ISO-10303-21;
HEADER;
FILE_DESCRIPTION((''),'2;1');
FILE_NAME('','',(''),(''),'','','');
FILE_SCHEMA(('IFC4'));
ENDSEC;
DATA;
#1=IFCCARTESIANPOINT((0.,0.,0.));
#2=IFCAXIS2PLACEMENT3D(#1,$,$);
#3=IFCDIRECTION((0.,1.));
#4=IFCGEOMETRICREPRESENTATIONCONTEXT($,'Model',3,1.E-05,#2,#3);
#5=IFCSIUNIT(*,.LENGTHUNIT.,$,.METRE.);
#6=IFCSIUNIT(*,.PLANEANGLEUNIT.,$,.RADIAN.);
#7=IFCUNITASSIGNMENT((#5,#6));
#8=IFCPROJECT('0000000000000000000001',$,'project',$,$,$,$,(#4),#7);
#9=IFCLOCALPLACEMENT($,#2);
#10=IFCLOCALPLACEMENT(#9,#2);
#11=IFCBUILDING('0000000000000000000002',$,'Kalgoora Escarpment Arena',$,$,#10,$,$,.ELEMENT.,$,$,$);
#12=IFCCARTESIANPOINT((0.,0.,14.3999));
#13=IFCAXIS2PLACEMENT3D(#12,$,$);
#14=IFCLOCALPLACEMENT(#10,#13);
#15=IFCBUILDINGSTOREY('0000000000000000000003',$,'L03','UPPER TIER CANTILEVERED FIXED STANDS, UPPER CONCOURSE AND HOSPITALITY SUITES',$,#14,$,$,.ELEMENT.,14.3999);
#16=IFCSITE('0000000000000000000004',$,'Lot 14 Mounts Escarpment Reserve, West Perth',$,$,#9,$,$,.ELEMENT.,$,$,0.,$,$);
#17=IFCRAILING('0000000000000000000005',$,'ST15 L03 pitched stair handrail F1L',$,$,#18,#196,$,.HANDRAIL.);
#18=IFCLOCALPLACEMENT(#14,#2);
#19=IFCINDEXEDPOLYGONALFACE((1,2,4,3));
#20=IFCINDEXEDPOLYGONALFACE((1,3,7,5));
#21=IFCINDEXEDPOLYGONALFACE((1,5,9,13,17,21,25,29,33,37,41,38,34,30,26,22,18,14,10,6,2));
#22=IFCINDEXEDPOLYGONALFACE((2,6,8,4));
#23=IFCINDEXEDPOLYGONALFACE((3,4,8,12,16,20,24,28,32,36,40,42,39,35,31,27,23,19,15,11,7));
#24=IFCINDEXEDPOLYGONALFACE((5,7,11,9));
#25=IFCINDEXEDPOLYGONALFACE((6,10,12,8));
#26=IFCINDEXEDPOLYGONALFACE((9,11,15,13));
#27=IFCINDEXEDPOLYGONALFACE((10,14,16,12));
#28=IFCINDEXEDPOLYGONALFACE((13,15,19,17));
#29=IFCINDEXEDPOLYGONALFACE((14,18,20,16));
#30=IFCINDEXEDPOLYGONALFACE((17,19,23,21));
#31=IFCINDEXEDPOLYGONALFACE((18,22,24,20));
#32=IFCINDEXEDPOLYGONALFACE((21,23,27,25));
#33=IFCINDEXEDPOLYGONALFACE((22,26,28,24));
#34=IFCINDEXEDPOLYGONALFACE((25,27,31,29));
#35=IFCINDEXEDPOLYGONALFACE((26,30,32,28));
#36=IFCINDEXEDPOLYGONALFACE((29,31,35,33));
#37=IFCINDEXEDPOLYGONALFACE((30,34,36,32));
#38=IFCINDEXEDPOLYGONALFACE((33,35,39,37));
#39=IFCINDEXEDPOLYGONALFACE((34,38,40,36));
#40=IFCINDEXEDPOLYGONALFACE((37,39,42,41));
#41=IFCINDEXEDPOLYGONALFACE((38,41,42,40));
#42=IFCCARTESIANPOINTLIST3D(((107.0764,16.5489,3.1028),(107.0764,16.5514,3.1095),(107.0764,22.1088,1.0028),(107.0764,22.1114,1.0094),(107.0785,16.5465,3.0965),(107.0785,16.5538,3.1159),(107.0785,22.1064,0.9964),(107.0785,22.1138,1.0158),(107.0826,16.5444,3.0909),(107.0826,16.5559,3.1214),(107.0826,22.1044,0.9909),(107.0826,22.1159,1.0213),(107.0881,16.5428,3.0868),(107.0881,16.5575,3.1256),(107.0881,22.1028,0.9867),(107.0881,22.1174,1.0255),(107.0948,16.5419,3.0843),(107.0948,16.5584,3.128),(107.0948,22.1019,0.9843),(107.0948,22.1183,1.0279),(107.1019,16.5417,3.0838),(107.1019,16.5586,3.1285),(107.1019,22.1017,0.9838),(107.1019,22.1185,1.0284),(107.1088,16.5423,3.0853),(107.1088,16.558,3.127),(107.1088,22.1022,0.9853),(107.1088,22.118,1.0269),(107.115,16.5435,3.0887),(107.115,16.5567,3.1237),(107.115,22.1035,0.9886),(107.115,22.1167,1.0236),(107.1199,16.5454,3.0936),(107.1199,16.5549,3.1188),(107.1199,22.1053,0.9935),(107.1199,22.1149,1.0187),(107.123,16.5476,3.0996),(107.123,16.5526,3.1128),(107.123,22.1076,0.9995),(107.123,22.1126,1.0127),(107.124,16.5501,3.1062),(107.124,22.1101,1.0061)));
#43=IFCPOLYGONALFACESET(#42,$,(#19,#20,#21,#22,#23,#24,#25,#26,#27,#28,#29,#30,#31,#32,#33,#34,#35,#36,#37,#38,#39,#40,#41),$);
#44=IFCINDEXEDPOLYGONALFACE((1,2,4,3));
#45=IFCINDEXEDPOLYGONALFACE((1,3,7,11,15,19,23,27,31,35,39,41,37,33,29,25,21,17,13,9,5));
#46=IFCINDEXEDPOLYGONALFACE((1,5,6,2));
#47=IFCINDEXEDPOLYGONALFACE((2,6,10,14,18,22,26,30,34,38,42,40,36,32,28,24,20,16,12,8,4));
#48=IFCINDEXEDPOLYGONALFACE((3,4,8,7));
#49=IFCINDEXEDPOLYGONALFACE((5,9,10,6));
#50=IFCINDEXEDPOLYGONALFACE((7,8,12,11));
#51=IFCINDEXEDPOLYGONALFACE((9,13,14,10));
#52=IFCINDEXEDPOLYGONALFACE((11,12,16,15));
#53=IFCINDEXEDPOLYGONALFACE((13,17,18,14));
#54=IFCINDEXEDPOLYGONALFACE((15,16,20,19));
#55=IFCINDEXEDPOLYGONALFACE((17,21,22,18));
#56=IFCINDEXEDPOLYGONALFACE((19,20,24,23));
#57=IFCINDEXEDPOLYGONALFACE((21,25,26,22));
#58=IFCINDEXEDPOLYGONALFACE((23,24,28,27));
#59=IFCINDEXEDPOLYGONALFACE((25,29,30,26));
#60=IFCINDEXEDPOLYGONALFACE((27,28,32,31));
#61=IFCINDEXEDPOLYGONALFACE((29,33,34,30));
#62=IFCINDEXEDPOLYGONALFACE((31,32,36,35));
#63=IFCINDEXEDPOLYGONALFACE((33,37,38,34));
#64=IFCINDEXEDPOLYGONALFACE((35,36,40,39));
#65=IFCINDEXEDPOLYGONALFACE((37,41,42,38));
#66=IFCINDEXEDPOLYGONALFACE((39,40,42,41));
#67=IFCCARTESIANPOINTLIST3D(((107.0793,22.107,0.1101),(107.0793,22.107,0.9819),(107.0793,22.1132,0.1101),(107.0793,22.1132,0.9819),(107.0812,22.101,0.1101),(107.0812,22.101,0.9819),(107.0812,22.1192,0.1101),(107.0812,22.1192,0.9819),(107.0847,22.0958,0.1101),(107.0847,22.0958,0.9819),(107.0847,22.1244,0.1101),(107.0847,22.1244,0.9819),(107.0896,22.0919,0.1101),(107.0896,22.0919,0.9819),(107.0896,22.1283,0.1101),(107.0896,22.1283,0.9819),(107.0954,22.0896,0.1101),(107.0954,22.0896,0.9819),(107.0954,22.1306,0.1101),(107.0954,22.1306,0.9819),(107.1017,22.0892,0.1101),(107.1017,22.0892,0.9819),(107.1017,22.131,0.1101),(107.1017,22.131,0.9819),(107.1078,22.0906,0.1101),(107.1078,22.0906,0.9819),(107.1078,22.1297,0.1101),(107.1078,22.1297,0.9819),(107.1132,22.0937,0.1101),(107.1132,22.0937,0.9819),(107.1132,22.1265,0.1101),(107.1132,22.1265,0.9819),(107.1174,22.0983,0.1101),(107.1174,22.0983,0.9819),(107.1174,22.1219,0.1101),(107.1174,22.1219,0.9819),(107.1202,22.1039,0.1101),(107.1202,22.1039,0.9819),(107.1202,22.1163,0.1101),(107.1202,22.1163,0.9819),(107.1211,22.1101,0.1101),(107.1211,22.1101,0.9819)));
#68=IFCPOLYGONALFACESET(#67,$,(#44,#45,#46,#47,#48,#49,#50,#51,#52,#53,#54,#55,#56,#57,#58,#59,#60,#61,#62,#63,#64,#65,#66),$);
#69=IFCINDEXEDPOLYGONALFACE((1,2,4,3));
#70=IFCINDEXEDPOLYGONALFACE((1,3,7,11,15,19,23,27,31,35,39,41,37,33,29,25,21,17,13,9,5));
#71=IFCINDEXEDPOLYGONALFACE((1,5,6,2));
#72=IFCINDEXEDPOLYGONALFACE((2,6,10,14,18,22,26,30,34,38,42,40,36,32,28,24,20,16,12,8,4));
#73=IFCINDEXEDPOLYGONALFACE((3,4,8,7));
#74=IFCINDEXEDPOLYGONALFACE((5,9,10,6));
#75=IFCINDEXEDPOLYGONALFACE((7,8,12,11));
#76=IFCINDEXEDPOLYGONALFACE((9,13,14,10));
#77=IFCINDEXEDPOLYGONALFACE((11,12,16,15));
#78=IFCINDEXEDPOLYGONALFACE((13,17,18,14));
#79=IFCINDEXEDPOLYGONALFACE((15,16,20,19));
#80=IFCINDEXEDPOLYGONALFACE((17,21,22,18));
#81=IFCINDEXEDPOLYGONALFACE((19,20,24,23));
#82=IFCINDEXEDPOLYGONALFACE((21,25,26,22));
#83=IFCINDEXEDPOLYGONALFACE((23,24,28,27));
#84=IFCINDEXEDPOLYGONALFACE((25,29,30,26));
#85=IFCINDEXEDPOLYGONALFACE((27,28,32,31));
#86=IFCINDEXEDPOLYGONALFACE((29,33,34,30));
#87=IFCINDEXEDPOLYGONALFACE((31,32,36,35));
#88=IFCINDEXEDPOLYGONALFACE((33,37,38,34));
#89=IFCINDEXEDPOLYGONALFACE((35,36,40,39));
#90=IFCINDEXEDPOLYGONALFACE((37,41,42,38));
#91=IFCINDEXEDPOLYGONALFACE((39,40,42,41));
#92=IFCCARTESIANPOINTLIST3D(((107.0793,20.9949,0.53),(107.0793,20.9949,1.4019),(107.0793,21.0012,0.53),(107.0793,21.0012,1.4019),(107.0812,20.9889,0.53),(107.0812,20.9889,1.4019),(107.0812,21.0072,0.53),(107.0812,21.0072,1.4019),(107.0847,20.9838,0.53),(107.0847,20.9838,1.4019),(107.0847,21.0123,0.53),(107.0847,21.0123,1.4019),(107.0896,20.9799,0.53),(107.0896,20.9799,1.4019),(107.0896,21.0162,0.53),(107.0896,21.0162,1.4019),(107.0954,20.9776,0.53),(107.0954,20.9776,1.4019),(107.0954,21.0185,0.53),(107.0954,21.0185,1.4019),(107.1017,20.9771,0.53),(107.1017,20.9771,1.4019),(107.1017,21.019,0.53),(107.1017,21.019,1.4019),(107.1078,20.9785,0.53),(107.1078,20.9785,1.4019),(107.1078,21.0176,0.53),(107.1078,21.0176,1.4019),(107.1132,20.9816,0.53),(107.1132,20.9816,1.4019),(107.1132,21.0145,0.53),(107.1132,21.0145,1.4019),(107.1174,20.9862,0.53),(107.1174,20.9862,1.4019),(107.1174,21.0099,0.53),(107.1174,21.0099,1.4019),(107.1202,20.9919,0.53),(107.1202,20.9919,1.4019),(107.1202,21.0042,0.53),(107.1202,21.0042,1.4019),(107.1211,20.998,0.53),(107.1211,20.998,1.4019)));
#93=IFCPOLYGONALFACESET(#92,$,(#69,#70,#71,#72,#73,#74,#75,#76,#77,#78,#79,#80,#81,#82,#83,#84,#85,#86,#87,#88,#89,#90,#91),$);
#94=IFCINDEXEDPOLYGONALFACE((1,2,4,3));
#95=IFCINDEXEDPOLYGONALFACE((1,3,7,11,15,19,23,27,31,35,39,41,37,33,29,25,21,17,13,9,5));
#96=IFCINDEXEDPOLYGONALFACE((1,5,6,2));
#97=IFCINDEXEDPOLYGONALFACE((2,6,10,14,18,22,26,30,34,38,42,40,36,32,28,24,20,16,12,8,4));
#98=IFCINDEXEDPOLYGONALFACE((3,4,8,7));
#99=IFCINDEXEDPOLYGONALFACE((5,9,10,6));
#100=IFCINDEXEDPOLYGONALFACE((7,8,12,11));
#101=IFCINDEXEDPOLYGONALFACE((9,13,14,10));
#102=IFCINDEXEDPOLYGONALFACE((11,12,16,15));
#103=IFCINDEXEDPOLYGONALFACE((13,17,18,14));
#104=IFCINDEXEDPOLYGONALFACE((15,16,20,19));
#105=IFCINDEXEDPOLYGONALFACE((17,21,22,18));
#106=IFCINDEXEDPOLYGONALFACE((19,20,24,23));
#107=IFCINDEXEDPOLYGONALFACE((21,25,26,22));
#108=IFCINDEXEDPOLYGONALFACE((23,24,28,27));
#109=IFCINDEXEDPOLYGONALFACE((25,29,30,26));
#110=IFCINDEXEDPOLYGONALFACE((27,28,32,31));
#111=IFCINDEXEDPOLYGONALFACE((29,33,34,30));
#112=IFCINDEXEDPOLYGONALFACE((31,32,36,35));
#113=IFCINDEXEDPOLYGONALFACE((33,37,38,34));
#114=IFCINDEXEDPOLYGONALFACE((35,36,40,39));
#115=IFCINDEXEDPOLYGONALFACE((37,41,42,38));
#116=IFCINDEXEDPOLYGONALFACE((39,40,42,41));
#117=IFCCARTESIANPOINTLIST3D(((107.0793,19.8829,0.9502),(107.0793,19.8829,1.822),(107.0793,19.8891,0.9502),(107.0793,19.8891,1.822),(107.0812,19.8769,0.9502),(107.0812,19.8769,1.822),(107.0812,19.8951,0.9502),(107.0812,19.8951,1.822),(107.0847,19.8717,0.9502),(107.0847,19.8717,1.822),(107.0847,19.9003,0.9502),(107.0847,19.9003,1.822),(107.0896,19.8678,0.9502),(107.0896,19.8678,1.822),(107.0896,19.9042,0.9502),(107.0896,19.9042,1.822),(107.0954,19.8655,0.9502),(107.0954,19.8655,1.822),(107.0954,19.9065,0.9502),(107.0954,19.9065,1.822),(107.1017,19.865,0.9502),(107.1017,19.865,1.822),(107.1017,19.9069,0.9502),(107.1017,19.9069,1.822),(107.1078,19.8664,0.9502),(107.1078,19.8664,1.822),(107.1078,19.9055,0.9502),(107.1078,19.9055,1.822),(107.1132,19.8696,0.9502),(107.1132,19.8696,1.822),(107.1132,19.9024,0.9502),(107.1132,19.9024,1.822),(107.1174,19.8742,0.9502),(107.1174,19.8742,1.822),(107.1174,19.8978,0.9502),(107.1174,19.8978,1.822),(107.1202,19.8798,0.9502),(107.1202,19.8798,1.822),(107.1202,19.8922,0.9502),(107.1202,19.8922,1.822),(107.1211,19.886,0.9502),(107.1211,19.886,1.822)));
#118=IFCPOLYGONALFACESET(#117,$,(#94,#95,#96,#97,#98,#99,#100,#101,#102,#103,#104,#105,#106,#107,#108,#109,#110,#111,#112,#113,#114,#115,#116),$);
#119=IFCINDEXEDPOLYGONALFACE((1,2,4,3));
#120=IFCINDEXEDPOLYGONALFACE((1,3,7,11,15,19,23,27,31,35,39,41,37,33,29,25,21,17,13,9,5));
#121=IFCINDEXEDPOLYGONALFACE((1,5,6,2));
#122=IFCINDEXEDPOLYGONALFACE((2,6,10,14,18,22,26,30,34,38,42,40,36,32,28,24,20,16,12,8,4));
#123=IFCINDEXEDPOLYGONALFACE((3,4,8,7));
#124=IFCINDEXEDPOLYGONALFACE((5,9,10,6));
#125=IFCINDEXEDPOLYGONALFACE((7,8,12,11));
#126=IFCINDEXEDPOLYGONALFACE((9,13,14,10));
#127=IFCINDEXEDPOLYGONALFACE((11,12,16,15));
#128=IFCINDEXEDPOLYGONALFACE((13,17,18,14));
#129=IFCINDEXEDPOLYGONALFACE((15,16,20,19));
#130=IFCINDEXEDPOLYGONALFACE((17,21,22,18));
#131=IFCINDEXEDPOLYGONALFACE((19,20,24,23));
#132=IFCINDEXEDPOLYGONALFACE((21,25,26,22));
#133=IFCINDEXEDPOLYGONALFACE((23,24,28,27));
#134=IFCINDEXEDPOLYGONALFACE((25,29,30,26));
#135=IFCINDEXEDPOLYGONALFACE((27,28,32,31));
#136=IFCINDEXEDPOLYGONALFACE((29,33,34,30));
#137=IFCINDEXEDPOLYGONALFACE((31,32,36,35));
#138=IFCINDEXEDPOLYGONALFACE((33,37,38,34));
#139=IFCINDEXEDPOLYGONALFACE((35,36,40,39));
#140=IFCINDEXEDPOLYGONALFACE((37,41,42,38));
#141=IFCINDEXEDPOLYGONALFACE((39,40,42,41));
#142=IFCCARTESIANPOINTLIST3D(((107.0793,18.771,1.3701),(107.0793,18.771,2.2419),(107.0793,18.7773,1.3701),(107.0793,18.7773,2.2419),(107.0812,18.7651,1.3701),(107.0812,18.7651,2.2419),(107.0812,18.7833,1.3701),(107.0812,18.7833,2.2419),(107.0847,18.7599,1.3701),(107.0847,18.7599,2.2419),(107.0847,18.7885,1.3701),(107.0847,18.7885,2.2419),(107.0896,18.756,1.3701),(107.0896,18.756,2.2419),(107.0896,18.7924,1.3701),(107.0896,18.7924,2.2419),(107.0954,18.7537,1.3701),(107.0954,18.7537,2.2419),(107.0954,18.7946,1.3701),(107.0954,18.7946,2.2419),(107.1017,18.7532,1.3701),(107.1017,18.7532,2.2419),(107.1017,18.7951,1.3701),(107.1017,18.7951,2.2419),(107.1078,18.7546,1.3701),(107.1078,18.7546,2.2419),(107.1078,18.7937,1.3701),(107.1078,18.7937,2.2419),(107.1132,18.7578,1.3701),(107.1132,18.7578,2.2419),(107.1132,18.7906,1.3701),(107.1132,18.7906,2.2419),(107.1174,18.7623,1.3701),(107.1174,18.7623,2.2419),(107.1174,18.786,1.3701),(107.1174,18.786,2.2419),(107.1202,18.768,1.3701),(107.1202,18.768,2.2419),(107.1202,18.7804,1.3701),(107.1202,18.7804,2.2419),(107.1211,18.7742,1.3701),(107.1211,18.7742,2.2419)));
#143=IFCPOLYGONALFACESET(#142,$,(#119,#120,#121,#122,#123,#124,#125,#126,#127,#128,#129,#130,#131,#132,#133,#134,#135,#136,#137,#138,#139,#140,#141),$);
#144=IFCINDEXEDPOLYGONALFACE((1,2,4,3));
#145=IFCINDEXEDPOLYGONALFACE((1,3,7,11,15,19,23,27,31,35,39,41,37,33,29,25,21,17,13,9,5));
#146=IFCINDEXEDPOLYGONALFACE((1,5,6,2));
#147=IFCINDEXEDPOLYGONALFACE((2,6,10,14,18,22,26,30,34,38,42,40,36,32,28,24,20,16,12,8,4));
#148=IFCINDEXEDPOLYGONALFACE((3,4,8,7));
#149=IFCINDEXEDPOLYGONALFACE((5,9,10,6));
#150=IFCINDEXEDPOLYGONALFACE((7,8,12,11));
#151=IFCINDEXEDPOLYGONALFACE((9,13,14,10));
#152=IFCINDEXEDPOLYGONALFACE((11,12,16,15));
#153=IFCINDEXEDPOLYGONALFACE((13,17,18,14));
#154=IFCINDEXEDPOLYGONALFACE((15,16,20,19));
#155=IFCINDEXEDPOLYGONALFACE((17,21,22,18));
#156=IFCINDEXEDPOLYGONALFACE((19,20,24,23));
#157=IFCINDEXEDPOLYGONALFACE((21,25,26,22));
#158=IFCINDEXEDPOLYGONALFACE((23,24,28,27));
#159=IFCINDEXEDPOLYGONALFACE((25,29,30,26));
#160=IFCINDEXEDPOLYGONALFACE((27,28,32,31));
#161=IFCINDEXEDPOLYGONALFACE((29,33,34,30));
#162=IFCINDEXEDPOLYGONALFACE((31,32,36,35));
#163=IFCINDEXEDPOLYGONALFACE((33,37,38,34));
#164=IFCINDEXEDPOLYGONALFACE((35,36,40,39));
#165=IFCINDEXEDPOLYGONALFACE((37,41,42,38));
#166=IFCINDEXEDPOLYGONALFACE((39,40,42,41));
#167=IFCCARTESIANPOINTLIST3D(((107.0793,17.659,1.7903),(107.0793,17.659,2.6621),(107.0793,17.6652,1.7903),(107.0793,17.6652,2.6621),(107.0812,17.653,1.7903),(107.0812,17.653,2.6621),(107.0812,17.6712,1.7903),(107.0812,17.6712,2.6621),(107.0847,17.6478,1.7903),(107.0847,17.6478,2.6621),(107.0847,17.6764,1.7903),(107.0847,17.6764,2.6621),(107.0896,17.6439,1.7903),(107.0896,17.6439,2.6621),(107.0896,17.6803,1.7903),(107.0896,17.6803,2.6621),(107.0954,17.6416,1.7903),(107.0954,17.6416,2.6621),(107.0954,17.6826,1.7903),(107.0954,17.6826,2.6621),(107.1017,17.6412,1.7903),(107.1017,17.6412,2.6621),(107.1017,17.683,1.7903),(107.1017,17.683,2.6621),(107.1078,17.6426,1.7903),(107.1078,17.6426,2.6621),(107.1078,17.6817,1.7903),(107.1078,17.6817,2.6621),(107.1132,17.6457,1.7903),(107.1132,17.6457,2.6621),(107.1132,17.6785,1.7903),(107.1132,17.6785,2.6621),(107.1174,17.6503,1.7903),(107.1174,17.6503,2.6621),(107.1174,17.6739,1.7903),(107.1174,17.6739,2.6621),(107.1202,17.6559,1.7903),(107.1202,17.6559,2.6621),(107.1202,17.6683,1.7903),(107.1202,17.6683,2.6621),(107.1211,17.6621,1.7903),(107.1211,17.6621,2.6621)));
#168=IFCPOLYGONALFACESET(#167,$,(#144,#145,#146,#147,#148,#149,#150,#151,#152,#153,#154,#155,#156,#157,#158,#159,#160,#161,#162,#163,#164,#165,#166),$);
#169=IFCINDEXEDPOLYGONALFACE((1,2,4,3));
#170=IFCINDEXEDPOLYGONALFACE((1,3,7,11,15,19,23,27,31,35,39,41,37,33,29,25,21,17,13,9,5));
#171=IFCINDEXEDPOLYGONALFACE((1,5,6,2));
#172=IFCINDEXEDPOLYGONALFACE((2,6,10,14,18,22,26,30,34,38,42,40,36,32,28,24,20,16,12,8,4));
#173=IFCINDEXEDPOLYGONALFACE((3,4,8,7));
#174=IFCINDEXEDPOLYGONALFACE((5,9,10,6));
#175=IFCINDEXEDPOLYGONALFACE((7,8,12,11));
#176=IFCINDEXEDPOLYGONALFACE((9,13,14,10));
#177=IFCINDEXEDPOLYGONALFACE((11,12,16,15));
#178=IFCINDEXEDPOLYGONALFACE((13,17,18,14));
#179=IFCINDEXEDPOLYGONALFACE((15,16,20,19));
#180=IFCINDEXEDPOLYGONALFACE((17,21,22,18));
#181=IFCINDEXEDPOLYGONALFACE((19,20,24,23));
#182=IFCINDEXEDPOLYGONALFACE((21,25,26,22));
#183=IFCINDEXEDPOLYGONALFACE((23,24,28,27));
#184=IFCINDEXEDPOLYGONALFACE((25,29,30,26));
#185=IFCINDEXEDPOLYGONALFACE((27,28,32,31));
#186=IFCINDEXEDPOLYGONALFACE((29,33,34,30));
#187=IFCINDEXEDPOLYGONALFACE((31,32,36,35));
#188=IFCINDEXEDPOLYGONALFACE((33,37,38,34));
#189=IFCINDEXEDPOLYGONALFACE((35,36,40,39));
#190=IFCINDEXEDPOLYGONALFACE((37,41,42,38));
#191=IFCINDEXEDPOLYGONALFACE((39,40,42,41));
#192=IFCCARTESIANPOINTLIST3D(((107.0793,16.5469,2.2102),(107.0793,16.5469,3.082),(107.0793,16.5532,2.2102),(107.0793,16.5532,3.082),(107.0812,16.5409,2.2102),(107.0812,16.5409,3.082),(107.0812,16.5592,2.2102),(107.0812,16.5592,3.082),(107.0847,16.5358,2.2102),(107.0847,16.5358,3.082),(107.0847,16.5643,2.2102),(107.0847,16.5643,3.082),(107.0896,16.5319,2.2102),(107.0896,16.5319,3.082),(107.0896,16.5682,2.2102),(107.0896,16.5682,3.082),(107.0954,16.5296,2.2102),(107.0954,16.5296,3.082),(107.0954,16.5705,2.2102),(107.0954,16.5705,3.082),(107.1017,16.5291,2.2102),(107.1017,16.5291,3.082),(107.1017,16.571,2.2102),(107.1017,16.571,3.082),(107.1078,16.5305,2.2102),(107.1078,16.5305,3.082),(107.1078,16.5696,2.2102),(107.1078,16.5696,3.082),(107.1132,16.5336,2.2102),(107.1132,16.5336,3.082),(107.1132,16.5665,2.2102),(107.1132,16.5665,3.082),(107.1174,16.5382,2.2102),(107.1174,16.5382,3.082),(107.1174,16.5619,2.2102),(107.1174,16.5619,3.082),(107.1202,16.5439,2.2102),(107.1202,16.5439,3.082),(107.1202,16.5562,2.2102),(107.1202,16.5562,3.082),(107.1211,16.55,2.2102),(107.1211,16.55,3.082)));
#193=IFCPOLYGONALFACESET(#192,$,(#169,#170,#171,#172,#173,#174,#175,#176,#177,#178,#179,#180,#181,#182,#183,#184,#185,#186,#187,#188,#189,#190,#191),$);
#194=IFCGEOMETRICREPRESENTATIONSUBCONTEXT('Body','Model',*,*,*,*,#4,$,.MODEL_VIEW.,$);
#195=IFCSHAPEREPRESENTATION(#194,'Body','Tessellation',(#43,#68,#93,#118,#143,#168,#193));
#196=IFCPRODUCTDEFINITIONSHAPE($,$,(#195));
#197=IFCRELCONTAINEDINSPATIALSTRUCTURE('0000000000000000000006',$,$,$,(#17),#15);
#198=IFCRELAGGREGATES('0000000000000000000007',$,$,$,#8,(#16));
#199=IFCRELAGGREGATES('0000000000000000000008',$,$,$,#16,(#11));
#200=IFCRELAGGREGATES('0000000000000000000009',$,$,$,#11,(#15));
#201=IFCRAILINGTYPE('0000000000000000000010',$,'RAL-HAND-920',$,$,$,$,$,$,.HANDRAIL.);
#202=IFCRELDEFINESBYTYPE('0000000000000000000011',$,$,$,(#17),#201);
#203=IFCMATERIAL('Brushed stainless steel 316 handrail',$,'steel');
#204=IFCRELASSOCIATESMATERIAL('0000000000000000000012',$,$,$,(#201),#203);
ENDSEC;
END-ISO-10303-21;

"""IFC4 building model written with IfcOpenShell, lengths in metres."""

from ifc_helpers import new_model, si_unit, direction, frame, origin, origin_2d, place, context, subcontext, project, spatial, circle, extrude, material, type_object, element, save


model = new_model("IFC4")

# Units and contexts
model_context = context("Model", 3, precision=1e-05, world=origin(), true_north=direction((0.0, 1.0)))
body_context = subcontext(model_context, "Body", "Model", "MODEL_VIEW")
ifc_project = project(units=[si_unit("LENGTHUNIT", "METRE"), si_unit("PLANEANGLEUNIT", "RADIAN")], contexts=[model_context])

# Site, building, storey
site_placement = place(None, origin())
site = spatial("IfcSite", under=ifc_project, at=site_placement, Name="Lot 14 Mounts Escarpment Reserve, West Perth", CompositionType="ELEMENT", RefElevation=0.0)
building_placement = place(site_placement, origin())
building = spatial("IfcBuilding", under=site, at=building_placement, Name="Kalgoora Escarpment Arena", CompositionType="ELEMENT")
storey_placement = place(building_placement, frame((0.0, 0.0, 14.3999)))
storey = spatial("IfcBuildingStorey", under=building, at=storey_placement, Name="L03", Description="UPPER TIER CANTILEVERED FIXED STANDS, UPPER CONCOURSE AND HOSPITALITY SUITES", CompositionType="ELEMENT", Elevation=14.3999)

# Railing
ifc_material_1 = material(Name="Brushed stainless steel 316 handrail", Category="steel")
railing_type_1 = type_object("IfcRailingType", Name="RAL-HAND-920", PredefinedType="HANDRAIL", material=ifc_material_1)
for number, where, name in (
    (1, (107.1001, 22.1101, 0.1101), "ST15 L03 pitched stair handrail F1L"),
):
    element("IfcRailing", number, at=place(storey_placement, frame(where)), inside=storey, type_object=railing_type_1, Name=name, PredefinedType="HANDRAIL", context=body_context, shape_type="SweptSolid", body=[
        extrude(circle(Radius=0.0239, at=origin_2d()), frame((0.0, 0.0, 0.896), z_axis=(0.0, -0.935493, 0.353346), x_axis=(1.0, 0.0, 0.0)), (0.0, 0.0, 1.0), 5.9434),
        extrude(circle(Radius=0.021, at=origin_2d()), origin(), (0.0, 0.0, 1.0), 0.8718),
        extrude(circle(Radius=0.021, at=origin_2d()), frame((0.0, -1.1121, 0.4199)), (0.0, 0.0, 1.0), 0.8718),
        extrude(circle(Radius=0.021, at=origin_2d()), frame((0.0, -2.2241, 0.8401)), (0.0, 0.0, 1.0), 0.8718),
        extrude(circle(Radius=0.021, at=origin_2d()), frame((0.0, -3.3359, 1.26)), (0.0, 0.0, 1.0), 0.8718),
        extrude(circle(Radius=0.021, at=origin_2d()), frame((0.0, -4.448, 1.6802)), (0.0, 0.0, 1.0), 0.8718),
        extrude(circle(Radius=0.021, at=origin_2d()), frame((0.0, -5.5601, 2.1001)), (0.0, 0.0, 1.0), 0.8718),
    ])

save(model, "model.ifc")
